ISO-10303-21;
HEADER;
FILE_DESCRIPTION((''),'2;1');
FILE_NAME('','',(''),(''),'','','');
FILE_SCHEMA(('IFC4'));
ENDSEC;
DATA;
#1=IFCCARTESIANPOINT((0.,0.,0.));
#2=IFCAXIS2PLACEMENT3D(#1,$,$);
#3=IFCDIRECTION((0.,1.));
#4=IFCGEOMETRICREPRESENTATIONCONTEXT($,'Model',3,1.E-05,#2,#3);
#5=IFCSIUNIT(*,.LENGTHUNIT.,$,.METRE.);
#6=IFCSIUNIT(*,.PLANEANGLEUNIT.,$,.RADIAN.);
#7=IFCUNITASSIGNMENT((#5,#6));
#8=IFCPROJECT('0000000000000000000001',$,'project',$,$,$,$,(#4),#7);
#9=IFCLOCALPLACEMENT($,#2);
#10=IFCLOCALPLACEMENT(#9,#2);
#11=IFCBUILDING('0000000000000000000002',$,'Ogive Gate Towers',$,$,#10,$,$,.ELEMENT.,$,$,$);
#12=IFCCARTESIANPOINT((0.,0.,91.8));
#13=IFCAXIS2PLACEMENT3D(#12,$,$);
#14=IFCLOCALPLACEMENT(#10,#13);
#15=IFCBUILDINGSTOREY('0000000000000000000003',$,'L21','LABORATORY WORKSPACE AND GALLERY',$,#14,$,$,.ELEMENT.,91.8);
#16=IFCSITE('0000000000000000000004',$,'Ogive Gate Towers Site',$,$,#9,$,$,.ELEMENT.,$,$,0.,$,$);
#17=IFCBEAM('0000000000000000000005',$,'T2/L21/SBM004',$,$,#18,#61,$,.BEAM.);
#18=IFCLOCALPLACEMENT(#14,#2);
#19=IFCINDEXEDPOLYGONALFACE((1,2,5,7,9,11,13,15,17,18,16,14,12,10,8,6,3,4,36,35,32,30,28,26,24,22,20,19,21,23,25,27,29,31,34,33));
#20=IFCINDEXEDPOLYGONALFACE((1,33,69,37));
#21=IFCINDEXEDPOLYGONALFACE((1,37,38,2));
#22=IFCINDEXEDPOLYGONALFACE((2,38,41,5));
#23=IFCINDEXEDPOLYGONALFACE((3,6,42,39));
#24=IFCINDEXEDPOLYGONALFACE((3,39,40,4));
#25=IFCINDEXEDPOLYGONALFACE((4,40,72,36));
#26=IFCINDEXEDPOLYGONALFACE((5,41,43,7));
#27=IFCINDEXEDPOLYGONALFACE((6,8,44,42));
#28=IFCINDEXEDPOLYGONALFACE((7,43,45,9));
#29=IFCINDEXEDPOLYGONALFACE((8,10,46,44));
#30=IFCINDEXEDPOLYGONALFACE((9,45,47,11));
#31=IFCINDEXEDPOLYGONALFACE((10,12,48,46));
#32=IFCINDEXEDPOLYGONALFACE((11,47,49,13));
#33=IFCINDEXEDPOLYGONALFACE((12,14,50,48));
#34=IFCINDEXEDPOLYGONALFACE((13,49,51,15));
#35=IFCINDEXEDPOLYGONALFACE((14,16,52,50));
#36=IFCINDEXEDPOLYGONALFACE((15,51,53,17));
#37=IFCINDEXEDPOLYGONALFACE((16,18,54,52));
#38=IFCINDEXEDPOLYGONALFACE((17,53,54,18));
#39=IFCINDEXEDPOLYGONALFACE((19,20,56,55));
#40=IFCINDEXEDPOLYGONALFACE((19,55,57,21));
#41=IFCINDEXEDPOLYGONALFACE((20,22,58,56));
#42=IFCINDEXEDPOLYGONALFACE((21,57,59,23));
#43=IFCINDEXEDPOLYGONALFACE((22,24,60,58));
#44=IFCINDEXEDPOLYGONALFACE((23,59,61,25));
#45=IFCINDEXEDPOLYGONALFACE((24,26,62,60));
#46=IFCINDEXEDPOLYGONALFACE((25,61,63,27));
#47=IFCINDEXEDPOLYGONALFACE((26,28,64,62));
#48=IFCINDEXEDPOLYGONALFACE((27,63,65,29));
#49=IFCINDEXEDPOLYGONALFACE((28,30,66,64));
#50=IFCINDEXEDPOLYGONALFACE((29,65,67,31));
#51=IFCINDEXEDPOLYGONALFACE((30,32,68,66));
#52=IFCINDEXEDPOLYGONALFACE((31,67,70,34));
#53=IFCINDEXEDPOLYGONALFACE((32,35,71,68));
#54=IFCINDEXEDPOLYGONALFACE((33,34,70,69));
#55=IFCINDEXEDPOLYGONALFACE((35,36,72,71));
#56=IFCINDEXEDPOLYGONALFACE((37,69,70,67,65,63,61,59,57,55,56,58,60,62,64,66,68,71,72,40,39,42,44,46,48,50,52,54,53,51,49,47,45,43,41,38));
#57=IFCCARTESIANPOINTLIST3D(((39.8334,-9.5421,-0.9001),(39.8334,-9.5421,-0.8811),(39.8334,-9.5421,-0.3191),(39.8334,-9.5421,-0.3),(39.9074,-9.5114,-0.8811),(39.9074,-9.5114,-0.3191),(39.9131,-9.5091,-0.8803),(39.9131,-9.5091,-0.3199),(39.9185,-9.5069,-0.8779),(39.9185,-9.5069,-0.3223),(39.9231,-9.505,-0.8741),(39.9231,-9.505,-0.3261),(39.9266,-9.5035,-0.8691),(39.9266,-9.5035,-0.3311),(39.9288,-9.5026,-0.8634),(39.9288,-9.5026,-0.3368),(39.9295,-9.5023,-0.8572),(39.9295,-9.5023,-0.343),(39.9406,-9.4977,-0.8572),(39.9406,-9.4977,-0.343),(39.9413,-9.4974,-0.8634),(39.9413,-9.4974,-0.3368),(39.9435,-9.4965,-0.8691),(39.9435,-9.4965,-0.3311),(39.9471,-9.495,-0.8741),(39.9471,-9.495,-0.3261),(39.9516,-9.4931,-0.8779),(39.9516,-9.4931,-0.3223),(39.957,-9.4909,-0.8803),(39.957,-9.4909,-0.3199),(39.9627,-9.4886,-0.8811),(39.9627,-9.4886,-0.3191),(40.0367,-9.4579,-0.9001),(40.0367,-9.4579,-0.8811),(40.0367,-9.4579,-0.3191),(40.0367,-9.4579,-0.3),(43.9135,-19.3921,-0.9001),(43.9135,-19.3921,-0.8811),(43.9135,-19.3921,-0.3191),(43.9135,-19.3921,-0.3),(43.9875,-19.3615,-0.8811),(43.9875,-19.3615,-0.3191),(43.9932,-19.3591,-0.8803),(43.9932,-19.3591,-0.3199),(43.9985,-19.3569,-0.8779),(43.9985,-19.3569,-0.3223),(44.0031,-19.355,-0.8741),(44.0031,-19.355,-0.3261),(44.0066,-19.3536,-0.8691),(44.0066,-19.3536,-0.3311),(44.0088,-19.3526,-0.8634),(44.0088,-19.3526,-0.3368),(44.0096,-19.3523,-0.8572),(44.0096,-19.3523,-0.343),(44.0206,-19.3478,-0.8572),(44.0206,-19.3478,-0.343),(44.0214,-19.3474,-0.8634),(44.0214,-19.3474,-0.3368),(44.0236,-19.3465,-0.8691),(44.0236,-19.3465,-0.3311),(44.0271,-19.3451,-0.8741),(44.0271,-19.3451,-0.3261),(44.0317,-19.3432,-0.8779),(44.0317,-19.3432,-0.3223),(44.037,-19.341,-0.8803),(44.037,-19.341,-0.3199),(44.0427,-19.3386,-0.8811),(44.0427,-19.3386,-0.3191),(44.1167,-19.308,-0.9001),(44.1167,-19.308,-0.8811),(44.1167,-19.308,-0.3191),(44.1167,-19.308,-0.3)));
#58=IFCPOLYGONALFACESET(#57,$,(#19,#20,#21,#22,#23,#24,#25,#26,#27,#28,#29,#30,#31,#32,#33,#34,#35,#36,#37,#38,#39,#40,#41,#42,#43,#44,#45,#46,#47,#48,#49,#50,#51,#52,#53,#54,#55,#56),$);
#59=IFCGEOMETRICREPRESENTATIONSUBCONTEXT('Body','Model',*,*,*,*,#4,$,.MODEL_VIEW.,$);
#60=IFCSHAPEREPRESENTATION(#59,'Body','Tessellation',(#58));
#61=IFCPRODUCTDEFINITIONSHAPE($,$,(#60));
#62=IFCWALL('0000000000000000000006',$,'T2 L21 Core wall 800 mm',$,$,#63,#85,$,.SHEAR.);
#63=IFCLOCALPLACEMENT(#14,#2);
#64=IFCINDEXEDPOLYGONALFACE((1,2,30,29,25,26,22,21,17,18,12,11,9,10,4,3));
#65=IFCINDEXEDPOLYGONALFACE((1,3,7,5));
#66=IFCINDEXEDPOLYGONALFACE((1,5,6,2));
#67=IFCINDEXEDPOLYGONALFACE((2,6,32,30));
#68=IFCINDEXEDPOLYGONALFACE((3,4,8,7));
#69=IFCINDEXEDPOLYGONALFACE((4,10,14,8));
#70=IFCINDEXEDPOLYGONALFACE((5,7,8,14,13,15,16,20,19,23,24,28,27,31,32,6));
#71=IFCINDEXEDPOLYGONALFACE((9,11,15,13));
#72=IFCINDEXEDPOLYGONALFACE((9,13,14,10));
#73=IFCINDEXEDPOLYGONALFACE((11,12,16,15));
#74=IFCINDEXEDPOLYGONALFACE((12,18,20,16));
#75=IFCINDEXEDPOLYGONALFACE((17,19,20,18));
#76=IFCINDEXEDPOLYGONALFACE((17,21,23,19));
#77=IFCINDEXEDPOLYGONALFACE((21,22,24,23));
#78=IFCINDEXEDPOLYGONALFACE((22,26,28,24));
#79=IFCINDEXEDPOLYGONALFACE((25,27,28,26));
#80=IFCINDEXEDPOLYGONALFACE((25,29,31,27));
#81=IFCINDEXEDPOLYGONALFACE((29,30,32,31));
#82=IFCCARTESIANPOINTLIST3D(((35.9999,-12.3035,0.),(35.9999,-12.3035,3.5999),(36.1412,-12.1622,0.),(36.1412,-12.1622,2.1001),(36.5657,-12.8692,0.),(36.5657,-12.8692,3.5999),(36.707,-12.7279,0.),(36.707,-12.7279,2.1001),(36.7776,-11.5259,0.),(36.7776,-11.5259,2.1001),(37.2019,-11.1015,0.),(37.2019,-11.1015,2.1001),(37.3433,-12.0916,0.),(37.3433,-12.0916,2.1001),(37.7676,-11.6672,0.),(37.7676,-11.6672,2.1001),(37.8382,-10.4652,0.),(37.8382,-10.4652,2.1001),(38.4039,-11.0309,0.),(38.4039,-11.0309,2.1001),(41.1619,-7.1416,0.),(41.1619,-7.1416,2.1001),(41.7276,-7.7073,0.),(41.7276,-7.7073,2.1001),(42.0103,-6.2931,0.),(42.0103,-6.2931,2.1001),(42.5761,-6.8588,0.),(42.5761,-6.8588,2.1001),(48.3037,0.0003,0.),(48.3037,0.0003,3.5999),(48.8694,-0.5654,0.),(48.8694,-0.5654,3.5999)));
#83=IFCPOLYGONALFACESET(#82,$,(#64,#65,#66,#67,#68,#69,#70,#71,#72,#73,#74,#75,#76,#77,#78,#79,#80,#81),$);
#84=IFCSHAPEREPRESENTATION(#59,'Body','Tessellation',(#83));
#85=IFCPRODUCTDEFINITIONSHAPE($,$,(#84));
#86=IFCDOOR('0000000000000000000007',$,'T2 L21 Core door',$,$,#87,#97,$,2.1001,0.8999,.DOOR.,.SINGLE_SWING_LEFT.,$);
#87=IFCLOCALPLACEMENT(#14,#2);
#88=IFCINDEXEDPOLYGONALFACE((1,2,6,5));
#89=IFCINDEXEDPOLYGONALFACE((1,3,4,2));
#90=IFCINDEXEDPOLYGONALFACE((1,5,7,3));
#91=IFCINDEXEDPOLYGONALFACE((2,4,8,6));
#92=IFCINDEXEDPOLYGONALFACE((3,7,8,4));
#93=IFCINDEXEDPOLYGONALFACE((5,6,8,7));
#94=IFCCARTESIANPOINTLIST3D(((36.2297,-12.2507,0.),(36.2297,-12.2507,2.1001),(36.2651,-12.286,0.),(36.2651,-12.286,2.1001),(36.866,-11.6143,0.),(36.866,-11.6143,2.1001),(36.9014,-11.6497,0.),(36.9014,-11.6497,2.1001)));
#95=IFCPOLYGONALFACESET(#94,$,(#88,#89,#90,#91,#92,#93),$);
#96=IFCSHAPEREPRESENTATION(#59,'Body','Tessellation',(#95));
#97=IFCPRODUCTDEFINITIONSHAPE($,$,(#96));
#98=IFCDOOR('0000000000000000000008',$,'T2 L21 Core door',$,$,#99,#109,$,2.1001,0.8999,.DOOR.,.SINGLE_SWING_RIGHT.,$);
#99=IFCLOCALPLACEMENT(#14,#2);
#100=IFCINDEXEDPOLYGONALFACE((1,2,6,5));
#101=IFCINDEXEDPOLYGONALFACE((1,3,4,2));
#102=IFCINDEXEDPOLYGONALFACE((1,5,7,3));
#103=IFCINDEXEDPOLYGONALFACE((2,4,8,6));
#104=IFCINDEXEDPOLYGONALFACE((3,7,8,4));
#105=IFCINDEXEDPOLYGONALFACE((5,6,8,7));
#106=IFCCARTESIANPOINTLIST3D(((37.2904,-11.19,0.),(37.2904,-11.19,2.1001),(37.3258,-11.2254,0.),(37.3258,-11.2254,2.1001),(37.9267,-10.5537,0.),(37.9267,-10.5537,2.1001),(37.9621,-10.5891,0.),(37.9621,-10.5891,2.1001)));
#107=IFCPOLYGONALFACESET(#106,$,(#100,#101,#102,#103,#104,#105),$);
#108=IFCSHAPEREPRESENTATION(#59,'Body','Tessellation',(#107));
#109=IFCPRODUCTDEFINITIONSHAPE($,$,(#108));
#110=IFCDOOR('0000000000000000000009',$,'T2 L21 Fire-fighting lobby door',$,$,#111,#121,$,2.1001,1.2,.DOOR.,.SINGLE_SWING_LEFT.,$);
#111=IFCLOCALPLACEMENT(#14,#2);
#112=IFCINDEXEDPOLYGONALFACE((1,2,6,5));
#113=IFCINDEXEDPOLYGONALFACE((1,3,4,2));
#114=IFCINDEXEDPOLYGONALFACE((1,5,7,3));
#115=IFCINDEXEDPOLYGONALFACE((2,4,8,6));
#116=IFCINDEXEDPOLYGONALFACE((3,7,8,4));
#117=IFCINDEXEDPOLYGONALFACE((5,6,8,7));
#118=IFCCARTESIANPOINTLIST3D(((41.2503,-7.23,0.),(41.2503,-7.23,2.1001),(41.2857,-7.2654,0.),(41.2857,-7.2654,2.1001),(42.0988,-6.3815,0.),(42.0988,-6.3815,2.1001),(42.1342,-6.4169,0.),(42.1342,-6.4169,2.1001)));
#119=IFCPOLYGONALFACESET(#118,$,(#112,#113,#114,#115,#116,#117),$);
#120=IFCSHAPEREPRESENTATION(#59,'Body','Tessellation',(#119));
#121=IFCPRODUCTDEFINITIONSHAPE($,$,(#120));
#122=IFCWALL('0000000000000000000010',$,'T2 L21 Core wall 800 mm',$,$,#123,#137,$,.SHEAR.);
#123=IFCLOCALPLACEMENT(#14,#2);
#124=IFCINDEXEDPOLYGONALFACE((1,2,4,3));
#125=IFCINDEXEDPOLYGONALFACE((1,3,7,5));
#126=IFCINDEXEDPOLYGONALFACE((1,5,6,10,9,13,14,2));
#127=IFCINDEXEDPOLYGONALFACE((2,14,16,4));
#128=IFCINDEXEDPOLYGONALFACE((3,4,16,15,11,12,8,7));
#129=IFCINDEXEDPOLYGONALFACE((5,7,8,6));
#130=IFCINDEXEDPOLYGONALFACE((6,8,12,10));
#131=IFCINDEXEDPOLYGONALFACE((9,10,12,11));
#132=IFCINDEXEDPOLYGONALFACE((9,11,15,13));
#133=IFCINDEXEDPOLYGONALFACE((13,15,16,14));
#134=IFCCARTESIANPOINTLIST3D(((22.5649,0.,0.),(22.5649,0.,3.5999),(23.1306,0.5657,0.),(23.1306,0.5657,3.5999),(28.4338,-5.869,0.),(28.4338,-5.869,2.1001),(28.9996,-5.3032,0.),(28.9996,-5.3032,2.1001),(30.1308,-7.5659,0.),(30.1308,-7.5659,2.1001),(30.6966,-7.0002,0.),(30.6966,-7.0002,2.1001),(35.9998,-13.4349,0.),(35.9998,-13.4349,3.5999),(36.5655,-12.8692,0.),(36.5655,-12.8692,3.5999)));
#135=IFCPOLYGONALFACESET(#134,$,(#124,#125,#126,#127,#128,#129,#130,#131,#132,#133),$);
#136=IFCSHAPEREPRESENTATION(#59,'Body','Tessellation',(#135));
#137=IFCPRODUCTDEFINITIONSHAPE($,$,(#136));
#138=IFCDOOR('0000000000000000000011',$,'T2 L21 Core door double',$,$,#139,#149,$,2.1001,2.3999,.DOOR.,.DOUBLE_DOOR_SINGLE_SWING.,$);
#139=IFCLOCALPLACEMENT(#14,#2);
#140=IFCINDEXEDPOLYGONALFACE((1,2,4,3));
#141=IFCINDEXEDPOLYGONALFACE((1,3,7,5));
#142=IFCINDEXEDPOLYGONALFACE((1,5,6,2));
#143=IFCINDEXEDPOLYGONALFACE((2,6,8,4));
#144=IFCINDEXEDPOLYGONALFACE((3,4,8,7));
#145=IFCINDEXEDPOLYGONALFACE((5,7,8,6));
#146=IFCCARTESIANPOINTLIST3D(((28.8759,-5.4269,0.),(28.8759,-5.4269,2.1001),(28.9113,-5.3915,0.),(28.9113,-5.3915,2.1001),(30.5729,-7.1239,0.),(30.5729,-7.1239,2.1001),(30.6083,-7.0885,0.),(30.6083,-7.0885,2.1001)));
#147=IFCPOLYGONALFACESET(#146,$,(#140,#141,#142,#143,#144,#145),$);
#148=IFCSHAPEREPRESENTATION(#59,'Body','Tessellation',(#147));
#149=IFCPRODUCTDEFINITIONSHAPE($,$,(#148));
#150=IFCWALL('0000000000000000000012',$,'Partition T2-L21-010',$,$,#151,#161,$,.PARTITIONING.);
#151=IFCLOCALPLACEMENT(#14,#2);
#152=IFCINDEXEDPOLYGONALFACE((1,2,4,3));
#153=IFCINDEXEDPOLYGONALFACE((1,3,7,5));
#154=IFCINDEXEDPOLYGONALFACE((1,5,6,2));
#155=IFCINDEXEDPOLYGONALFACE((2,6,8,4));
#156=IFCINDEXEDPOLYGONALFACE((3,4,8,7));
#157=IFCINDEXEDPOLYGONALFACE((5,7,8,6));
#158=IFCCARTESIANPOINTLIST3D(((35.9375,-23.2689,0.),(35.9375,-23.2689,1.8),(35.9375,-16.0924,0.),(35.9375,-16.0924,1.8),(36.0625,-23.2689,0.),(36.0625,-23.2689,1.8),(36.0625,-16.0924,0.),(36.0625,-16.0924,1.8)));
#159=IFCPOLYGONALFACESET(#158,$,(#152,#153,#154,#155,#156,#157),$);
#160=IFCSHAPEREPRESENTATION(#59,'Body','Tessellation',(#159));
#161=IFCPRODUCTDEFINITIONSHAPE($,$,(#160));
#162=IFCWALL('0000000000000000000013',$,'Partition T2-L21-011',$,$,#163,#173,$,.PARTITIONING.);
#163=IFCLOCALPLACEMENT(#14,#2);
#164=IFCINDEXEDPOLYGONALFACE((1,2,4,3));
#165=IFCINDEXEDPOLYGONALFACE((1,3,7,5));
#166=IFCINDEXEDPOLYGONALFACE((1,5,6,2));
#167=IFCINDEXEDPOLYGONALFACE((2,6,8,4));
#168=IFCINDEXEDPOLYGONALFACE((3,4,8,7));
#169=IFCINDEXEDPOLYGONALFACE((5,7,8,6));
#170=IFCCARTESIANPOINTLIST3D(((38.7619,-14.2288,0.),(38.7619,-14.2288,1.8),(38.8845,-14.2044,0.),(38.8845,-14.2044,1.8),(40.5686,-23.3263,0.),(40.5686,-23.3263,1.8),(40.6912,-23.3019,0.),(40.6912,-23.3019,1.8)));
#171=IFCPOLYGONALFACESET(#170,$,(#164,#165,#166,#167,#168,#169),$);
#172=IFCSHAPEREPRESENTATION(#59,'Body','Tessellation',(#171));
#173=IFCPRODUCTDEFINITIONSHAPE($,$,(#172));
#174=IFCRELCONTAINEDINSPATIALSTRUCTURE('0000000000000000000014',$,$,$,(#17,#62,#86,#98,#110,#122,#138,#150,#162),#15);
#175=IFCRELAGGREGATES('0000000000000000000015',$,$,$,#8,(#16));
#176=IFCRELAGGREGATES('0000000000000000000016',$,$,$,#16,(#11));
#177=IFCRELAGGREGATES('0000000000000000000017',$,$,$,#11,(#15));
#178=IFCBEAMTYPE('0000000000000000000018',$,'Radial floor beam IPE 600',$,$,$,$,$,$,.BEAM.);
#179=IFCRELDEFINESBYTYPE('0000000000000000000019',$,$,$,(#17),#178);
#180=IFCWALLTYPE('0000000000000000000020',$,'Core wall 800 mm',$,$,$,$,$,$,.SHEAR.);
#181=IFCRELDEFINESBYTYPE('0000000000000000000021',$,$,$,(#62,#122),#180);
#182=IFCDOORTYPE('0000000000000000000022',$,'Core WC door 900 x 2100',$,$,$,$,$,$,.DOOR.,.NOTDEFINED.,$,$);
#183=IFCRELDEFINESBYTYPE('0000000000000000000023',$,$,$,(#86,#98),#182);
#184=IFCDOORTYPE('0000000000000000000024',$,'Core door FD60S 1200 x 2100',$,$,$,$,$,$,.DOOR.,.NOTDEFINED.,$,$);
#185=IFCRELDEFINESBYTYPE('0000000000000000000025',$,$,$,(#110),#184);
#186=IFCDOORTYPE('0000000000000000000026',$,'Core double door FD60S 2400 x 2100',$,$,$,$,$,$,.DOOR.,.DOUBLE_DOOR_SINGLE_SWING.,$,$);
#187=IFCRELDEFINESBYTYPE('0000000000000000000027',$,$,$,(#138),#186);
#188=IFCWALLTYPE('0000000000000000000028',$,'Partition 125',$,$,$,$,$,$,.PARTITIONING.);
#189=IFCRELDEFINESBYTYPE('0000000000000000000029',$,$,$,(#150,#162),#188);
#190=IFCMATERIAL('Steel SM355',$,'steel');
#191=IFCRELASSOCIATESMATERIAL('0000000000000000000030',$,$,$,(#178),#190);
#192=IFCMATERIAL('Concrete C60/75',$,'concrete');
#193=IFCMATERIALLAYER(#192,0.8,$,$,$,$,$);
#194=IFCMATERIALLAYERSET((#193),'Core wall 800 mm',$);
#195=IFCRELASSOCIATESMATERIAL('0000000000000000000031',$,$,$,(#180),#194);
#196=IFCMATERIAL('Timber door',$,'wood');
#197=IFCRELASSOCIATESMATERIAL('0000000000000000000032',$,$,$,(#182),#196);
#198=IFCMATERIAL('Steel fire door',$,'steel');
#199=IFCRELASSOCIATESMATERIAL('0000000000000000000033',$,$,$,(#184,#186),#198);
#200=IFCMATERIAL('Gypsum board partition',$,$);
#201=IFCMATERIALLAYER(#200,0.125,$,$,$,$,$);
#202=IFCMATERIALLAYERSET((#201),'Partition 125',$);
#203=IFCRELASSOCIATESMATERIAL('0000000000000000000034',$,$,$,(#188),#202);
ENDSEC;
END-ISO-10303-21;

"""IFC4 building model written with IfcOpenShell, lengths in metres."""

from ifc_helpers import new_model, si_unit, direction, frame, frame_2d, origin, origin_2d, place, context, subcontext, project, spatial, rectangle, i_section, extrude, material, layer, layer_set, material_profile, profile_set, type_object, element, fill, save


model = new_model("IFC4")

# Units and contexts
model_context = context("Model", 3, precision=1e-05, world=origin(), true_north=direction((0.0, 1.0)))
body_context = subcontext(model_context, "Body", "Model", "MODEL_VIEW")
ifc_project = project(units=[si_unit("LENGTHUNIT", "METRE"), si_unit("PLANEANGLEUNIT", "RADIAN")], contexts=[model_context])

# Site, building, storey
site_placement = place(None, origin())
site = spatial("IfcSite", under=ifc_project, at=site_placement, Name="Ogive Gate Towers Site", CompositionType="ELEMENT", RefElevation=0.0)
building_placement = place(site_placement, origin())
building = spatial("IfcBuilding", under=site, at=building_placement, Name="Ogive Gate Towers", CompositionType="ELEMENT")
storey_placement = place(building_placement, frame((0.0, 0.0, 91.8)))
storey = spatial("IfcBuildingStorey", under=building, at=storey_placement, Name="L21", Description="LABORATORY WORKSPACE AND GALLERY", CompositionType="ELEMENT", Elevation=91.8)

# Beam
ifc_material_1 = material(Name="Steel SM355", Category="steel")
ifc_material_profile = material_profile(ifc_material_1, i_section(OverallWidth=0.22, OverallDepth=0.6001, WebThickness=0.012, FlangeThickness=0.019, FilletRadius=0.0239, at=origin_2d()), Name="IPE 600")
ifc_profile_set = profile_set([ifc_material_profile], Name="Steel SM355")
beam_type = type_object("IfcBeamType", Name="Radial floor beam IPE 600", PredefinedType="BEAM", material=ifc_profile_set)
beam_placement = place(storey_placement, frame((39.9351, -9.5, -0.6001), z_axis=(0.382686, -0.923878, 0.0), x_axis=(0.923878, 0.382686, 0.0)))
element("IfcBeam", 1, at=beam_placement, inside=storey, type_object=beam_type, Name="T2/L21/SBM004", PredefinedType="BEAM", context=body_context, shape_type="SweptSolid", body=[
    extrude(i_section(OverallWidth=0.22, OverallDepth=0.6001, WebThickness=0.012, FlangeThickness=0.019, FilletRadius=0.0239, at=origin_2d()), origin(), (0.0, 0.0, 1.0), 10.6616),
])

# Wall, openings, doors
ifc_material_2 = material(Name="Concrete C60/75", Category="concrete")
ifc_layer_1 = layer(ifc_material_2, 0.8)
ifc_layer_set_1 = layer_set([ifc_layer_1], Name="Core wall 800 mm")
wall_type_1 = type_object("IfcWallType", Name="Core wall 800 mm", PredefinedType="SHEAR", material=ifc_layer_set_1)
wall_1_placement = place(storey_placement, frame((36.2827, -12.5864, 0.0), z_axis=(0.0, 0.0, 1.0), x_axis=(0.707107, 0.707107, 0.0)))
wall_1 = element("IfcWall", 2, at=wall_1_placement, inside=storey, type_object=wall_type_1, Name="T2 L21 Core wall 800 mm", PredefinedType="SHEAR", context=body_context, shape_type="SweptSolid", body=[
    extrude(rectangle(XDim=17.4001, YDim=0.8, at=frame_2d((8.7002, 0.0))), origin(), (0.0, 0.0, 1.0), 3.5999),
])
opening_1_placement = place(wall_1_placement, frame((7.3, 0.0, 0.0)))
opening_1 = element("IfcOpeningElement", 3, at=opening_1_placement, cuts=wall_1, PredefinedType="OPENING", context=body_context, shape_type="SweptSolid", body=[
    extrude(rectangle(XDim=1.2, YDim=2.1001, at=frame_2d((0.6001, 1.05))), frame((0.0, 0.4102, 0.0), z_axis=(0.0, -1.0, 0.0), x_axis=(1.0, 0.0, 0.0)), (0.0, 0.0, 1.0), 0.8201),
])
opening_2_placement = place(wall_1_placement, frame((0.2, 0.0, 0.0)))
opening_2 = element("IfcOpeningElement", 4, at=opening_2_placement, cuts=wall_1, PredefinedType="OPENING", context=body_context, shape_type="SweptSolid", body=[
    extrude(rectangle(XDim=0.8999, YDim=2.1001, at=frame_2d((0.45, 1.05))), frame((0.0, 0.4102, 0.0), z_axis=(0.0, -1.0, 0.0), x_axis=(1.0, 0.0, 0.0)), (0.0, 0.0, 1.0), 0.8201),
])
opening_3_placement = place(wall_1_placement, frame((1.7, 0.0, 0.0)))
opening_3 = element("IfcOpeningElement", 5, at=opening_3_placement, cuts=wall_1, PredefinedType="OPENING", context=body_context, shape_type="SweptSolid", body=[
    extrude(rectangle(XDim=0.8999, YDim=2.1001, at=frame_2d((0.45, 1.05))), frame((0.0, 0.4102, 0.0), z_axis=(0.0, -1.0, 0.0), x_axis=(1.0, 0.0, 0.0)), (0.0, 0.0, 1.0), 0.8201),
])
ifc_material_3 = material(Name="Timber door", Category="wood")
door_type_1 = type_object("IfcDoorType", Name="Core WC door 900 x 2100", OperationType="NOTDEFINED", PredefinedType="DOOR", material=ifc_material_3)
door_1_placement = place(opening_2_placement, origin())
door_1 = element("IfcDoor", 6, at=door_1_placement, inside=storey, type_object=door_type_1, Name="T2 L21 Core door", OperationType="SINGLE_SWING_LEFT", OverallHeight=2.1001, OverallWidth=0.8999, PredefinedType="DOOR", context=body_context, shape_type="SweptSolid", body=[
    extrude(rectangle(XDim=0.8999, YDim=2.1001, at=frame_2d((0.45, 1.05))), frame((0.0, 0.2749, 0.0), z_axis=(0.0, -1.0, 0.0), x_axis=(1.0, 0.0, 0.0)), (0.0, 0.0, 1.0), 0.05),
])
fill(opening_2, door_1)
door_2_placement = place(opening_3_placement, origin())
door_2 = element("IfcDoor", 7, at=door_2_placement, inside=storey, type_object=door_type_1, Name="T2 L21 Core door", OperationType="SINGLE_SWING_RIGHT", OverallHeight=2.1001, OverallWidth=0.8999, PredefinedType="DOOR", context=body_context, shape_type="SweptSolid", body=[
    extrude(rectangle(XDim=0.8999, YDim=2.1001, at=frame_2d((0.45, 1.05))), frame((0.0, 0.2749, 0.0), z_axis=(0.0, -1.0, 0.0), x_axis=(1.0, 0.0, 0.0)), (0.0, 0.0, 1.0), 0.05),
])
fill(opening_3, door_2)
ifc_material_4 = material(Name="Steel fire door", Category="steel")
door_type_2 = type_object("IfcDoorType", Name="Core door FD60S 1200 x 2100", OperationType="NOTDEFINED", PredefinedType="DOOR", material=ifc_material_4)
door_3_placement = place(opening_1_placement, origin())
door_3 = element("IfcDoor", 8, at=door_3_placement, inside=storey, type_object=door_type_2, Name="T2 L21 Fire-fighting lobby door", OperationType="SINGLE_SWING_LEFT", OverallHeight=2.1001, OverallWidth=1.2, PredefinedType="DOOR", context=body_context, shape_type="SweptSolid", body=[
    extrude(rectangle(XDim=1.2, YDim=2.1001, at=frame_2d((0.6001, 1.05))), frame((0.0, 0.2749, 0.0), z_axis=(0.0, -1.0, 0.0), x_axis=(1.0, 0.0, 0.0)), (0.0, 0.0, 1.0), 0.05),
])
fill(opening_1, door_3)

# Wall, opening, door
wall_2_placement = place(storey_placement, frame((36.2827, -13.1521, 0.0), z_axis=(0.0, 0.0, 1.0), x_axis=(-0.707107, 0.707107, 0.0)))
wall_2 = element("IfcWall", 9, at=wall_2_placement, inside=storey, type_object=wall_type_1, Name="T2 L21 Core wall 800 mm", PredefinedType="SHEAR", context=body_context, shape_type="SweptSolid", body=[
    extrude(rectangle(XDim=18.9998, YDim=0.8, at=frame_2d((9.5, 0.0))), origin(), (0.0, 0.0, 1.0), 3.5999),
])
opening_4_placement = place(wall_2_placement, frame((8.3, 0.0, 0.0)))
opening_4 = element("IfcOpeningElement", 10, at=opening_4_placement, cuts=wall_2, PredefinedType="OPENING", context=body_context, shape_type="SweptSolid", body=[
    extrude(rectangle(XDim=2.3999, YDim=2.1001, at=frame_2d((1.2, 1.05))), frame((0.0, 0.4102, 0.0), z_axis=(0.0, -1.0, 0.0), x_axis=(1.0, 0.0, 0.0)), (0.0, 0.0, 1.0), 0.8201),
])
door_type_3 = type_object("IfcDoorType", Name="Core double door FD60S 2400 x 2100", OperationType="DOUBLE_DOOR_SINGLE_SWING", PredefinedType="DOOR", material=ifc_material_4)
door_4_placement = place(opening_4_placement, origin())
door_4 = element("IfcDoor", 11, at=door_4_placement, inside=storey, type_object=door_type_3, Name="T2 L21 Core door double", OperationType="DOUBLE_DOOR_SINGLE_SWING", OverallHeight=2.1001, OverallWidth=2.3999, PredefinedType="DOOR", context=body_context, shape_type="SweptSolid", body=[
    extrude(rectangle(XDim=2.3999, YDim=2.1001, at=frame_2d((1.2, 1.05))), frame((0.0, -0.2251, 0.0), z_axis=(0.0, -1.0, 0.0), x_axis=(1.0, 0.0, 0.0)), (0.0, 0.0, 1.0), 0.05),
])
fill(opening_4, door_4)

# Walls
ifc_material_5 = material(Name="Gypsum board partition")
ifc_layer_2 = layer(ifc_material_5, 0.125)
ifc_layer_set_2 = layer_set([ifc_layer_2], Name="Partition 125")
wall_type_2 = type_object("IfcWallType", Name="Partition 125", PredefinedType="PARTITIONING", material=ifc_layer_set_2)
wall_3_placement = place(storey_placement, frame((36.0, -23.269, 0.0), z_axis=(0.0, 0.0, 1.0), x_axis=(0.0, 1.0, 0.0)))
element("IfcWall", 12, at=wall_3_placement, inside=storey, type_object=wall_type_2, Name="Partition T2-L21-010", PredefinedType="PARTITIONING", context=body_context, shape_type="SweptSolid", body=[
    extrude(rectangle(XDim=7.1765, YDim=0.125, at=frame_2d((3.5884, 0.0))), origin(), (0.0, 0.0, 1.0), 1.8),
])
wall_4_placement = place(storey_placement, frame((40.6299, -23.3142, 0.0), z_axis=(0.0, 0.0, 1.0), x_axis=(-0.194785, 0.980846, 0.0)))
element("IfcWall", 13, at=wall_4_placement, inside=storey, type_object=wall_type_2, Name="Partition T2-L21-011", PredefinedType="PARTITIONING", context=body_context, shape_type="SweptSolid", body=[
    extrude(rectangle(XDim=9.2751, YDim=0.125, at=frame_2d((4.6377, 0.0))), origin(), (0.0, 0.0, 1.0), 1.8),
])

save(model, "model.ifc")
